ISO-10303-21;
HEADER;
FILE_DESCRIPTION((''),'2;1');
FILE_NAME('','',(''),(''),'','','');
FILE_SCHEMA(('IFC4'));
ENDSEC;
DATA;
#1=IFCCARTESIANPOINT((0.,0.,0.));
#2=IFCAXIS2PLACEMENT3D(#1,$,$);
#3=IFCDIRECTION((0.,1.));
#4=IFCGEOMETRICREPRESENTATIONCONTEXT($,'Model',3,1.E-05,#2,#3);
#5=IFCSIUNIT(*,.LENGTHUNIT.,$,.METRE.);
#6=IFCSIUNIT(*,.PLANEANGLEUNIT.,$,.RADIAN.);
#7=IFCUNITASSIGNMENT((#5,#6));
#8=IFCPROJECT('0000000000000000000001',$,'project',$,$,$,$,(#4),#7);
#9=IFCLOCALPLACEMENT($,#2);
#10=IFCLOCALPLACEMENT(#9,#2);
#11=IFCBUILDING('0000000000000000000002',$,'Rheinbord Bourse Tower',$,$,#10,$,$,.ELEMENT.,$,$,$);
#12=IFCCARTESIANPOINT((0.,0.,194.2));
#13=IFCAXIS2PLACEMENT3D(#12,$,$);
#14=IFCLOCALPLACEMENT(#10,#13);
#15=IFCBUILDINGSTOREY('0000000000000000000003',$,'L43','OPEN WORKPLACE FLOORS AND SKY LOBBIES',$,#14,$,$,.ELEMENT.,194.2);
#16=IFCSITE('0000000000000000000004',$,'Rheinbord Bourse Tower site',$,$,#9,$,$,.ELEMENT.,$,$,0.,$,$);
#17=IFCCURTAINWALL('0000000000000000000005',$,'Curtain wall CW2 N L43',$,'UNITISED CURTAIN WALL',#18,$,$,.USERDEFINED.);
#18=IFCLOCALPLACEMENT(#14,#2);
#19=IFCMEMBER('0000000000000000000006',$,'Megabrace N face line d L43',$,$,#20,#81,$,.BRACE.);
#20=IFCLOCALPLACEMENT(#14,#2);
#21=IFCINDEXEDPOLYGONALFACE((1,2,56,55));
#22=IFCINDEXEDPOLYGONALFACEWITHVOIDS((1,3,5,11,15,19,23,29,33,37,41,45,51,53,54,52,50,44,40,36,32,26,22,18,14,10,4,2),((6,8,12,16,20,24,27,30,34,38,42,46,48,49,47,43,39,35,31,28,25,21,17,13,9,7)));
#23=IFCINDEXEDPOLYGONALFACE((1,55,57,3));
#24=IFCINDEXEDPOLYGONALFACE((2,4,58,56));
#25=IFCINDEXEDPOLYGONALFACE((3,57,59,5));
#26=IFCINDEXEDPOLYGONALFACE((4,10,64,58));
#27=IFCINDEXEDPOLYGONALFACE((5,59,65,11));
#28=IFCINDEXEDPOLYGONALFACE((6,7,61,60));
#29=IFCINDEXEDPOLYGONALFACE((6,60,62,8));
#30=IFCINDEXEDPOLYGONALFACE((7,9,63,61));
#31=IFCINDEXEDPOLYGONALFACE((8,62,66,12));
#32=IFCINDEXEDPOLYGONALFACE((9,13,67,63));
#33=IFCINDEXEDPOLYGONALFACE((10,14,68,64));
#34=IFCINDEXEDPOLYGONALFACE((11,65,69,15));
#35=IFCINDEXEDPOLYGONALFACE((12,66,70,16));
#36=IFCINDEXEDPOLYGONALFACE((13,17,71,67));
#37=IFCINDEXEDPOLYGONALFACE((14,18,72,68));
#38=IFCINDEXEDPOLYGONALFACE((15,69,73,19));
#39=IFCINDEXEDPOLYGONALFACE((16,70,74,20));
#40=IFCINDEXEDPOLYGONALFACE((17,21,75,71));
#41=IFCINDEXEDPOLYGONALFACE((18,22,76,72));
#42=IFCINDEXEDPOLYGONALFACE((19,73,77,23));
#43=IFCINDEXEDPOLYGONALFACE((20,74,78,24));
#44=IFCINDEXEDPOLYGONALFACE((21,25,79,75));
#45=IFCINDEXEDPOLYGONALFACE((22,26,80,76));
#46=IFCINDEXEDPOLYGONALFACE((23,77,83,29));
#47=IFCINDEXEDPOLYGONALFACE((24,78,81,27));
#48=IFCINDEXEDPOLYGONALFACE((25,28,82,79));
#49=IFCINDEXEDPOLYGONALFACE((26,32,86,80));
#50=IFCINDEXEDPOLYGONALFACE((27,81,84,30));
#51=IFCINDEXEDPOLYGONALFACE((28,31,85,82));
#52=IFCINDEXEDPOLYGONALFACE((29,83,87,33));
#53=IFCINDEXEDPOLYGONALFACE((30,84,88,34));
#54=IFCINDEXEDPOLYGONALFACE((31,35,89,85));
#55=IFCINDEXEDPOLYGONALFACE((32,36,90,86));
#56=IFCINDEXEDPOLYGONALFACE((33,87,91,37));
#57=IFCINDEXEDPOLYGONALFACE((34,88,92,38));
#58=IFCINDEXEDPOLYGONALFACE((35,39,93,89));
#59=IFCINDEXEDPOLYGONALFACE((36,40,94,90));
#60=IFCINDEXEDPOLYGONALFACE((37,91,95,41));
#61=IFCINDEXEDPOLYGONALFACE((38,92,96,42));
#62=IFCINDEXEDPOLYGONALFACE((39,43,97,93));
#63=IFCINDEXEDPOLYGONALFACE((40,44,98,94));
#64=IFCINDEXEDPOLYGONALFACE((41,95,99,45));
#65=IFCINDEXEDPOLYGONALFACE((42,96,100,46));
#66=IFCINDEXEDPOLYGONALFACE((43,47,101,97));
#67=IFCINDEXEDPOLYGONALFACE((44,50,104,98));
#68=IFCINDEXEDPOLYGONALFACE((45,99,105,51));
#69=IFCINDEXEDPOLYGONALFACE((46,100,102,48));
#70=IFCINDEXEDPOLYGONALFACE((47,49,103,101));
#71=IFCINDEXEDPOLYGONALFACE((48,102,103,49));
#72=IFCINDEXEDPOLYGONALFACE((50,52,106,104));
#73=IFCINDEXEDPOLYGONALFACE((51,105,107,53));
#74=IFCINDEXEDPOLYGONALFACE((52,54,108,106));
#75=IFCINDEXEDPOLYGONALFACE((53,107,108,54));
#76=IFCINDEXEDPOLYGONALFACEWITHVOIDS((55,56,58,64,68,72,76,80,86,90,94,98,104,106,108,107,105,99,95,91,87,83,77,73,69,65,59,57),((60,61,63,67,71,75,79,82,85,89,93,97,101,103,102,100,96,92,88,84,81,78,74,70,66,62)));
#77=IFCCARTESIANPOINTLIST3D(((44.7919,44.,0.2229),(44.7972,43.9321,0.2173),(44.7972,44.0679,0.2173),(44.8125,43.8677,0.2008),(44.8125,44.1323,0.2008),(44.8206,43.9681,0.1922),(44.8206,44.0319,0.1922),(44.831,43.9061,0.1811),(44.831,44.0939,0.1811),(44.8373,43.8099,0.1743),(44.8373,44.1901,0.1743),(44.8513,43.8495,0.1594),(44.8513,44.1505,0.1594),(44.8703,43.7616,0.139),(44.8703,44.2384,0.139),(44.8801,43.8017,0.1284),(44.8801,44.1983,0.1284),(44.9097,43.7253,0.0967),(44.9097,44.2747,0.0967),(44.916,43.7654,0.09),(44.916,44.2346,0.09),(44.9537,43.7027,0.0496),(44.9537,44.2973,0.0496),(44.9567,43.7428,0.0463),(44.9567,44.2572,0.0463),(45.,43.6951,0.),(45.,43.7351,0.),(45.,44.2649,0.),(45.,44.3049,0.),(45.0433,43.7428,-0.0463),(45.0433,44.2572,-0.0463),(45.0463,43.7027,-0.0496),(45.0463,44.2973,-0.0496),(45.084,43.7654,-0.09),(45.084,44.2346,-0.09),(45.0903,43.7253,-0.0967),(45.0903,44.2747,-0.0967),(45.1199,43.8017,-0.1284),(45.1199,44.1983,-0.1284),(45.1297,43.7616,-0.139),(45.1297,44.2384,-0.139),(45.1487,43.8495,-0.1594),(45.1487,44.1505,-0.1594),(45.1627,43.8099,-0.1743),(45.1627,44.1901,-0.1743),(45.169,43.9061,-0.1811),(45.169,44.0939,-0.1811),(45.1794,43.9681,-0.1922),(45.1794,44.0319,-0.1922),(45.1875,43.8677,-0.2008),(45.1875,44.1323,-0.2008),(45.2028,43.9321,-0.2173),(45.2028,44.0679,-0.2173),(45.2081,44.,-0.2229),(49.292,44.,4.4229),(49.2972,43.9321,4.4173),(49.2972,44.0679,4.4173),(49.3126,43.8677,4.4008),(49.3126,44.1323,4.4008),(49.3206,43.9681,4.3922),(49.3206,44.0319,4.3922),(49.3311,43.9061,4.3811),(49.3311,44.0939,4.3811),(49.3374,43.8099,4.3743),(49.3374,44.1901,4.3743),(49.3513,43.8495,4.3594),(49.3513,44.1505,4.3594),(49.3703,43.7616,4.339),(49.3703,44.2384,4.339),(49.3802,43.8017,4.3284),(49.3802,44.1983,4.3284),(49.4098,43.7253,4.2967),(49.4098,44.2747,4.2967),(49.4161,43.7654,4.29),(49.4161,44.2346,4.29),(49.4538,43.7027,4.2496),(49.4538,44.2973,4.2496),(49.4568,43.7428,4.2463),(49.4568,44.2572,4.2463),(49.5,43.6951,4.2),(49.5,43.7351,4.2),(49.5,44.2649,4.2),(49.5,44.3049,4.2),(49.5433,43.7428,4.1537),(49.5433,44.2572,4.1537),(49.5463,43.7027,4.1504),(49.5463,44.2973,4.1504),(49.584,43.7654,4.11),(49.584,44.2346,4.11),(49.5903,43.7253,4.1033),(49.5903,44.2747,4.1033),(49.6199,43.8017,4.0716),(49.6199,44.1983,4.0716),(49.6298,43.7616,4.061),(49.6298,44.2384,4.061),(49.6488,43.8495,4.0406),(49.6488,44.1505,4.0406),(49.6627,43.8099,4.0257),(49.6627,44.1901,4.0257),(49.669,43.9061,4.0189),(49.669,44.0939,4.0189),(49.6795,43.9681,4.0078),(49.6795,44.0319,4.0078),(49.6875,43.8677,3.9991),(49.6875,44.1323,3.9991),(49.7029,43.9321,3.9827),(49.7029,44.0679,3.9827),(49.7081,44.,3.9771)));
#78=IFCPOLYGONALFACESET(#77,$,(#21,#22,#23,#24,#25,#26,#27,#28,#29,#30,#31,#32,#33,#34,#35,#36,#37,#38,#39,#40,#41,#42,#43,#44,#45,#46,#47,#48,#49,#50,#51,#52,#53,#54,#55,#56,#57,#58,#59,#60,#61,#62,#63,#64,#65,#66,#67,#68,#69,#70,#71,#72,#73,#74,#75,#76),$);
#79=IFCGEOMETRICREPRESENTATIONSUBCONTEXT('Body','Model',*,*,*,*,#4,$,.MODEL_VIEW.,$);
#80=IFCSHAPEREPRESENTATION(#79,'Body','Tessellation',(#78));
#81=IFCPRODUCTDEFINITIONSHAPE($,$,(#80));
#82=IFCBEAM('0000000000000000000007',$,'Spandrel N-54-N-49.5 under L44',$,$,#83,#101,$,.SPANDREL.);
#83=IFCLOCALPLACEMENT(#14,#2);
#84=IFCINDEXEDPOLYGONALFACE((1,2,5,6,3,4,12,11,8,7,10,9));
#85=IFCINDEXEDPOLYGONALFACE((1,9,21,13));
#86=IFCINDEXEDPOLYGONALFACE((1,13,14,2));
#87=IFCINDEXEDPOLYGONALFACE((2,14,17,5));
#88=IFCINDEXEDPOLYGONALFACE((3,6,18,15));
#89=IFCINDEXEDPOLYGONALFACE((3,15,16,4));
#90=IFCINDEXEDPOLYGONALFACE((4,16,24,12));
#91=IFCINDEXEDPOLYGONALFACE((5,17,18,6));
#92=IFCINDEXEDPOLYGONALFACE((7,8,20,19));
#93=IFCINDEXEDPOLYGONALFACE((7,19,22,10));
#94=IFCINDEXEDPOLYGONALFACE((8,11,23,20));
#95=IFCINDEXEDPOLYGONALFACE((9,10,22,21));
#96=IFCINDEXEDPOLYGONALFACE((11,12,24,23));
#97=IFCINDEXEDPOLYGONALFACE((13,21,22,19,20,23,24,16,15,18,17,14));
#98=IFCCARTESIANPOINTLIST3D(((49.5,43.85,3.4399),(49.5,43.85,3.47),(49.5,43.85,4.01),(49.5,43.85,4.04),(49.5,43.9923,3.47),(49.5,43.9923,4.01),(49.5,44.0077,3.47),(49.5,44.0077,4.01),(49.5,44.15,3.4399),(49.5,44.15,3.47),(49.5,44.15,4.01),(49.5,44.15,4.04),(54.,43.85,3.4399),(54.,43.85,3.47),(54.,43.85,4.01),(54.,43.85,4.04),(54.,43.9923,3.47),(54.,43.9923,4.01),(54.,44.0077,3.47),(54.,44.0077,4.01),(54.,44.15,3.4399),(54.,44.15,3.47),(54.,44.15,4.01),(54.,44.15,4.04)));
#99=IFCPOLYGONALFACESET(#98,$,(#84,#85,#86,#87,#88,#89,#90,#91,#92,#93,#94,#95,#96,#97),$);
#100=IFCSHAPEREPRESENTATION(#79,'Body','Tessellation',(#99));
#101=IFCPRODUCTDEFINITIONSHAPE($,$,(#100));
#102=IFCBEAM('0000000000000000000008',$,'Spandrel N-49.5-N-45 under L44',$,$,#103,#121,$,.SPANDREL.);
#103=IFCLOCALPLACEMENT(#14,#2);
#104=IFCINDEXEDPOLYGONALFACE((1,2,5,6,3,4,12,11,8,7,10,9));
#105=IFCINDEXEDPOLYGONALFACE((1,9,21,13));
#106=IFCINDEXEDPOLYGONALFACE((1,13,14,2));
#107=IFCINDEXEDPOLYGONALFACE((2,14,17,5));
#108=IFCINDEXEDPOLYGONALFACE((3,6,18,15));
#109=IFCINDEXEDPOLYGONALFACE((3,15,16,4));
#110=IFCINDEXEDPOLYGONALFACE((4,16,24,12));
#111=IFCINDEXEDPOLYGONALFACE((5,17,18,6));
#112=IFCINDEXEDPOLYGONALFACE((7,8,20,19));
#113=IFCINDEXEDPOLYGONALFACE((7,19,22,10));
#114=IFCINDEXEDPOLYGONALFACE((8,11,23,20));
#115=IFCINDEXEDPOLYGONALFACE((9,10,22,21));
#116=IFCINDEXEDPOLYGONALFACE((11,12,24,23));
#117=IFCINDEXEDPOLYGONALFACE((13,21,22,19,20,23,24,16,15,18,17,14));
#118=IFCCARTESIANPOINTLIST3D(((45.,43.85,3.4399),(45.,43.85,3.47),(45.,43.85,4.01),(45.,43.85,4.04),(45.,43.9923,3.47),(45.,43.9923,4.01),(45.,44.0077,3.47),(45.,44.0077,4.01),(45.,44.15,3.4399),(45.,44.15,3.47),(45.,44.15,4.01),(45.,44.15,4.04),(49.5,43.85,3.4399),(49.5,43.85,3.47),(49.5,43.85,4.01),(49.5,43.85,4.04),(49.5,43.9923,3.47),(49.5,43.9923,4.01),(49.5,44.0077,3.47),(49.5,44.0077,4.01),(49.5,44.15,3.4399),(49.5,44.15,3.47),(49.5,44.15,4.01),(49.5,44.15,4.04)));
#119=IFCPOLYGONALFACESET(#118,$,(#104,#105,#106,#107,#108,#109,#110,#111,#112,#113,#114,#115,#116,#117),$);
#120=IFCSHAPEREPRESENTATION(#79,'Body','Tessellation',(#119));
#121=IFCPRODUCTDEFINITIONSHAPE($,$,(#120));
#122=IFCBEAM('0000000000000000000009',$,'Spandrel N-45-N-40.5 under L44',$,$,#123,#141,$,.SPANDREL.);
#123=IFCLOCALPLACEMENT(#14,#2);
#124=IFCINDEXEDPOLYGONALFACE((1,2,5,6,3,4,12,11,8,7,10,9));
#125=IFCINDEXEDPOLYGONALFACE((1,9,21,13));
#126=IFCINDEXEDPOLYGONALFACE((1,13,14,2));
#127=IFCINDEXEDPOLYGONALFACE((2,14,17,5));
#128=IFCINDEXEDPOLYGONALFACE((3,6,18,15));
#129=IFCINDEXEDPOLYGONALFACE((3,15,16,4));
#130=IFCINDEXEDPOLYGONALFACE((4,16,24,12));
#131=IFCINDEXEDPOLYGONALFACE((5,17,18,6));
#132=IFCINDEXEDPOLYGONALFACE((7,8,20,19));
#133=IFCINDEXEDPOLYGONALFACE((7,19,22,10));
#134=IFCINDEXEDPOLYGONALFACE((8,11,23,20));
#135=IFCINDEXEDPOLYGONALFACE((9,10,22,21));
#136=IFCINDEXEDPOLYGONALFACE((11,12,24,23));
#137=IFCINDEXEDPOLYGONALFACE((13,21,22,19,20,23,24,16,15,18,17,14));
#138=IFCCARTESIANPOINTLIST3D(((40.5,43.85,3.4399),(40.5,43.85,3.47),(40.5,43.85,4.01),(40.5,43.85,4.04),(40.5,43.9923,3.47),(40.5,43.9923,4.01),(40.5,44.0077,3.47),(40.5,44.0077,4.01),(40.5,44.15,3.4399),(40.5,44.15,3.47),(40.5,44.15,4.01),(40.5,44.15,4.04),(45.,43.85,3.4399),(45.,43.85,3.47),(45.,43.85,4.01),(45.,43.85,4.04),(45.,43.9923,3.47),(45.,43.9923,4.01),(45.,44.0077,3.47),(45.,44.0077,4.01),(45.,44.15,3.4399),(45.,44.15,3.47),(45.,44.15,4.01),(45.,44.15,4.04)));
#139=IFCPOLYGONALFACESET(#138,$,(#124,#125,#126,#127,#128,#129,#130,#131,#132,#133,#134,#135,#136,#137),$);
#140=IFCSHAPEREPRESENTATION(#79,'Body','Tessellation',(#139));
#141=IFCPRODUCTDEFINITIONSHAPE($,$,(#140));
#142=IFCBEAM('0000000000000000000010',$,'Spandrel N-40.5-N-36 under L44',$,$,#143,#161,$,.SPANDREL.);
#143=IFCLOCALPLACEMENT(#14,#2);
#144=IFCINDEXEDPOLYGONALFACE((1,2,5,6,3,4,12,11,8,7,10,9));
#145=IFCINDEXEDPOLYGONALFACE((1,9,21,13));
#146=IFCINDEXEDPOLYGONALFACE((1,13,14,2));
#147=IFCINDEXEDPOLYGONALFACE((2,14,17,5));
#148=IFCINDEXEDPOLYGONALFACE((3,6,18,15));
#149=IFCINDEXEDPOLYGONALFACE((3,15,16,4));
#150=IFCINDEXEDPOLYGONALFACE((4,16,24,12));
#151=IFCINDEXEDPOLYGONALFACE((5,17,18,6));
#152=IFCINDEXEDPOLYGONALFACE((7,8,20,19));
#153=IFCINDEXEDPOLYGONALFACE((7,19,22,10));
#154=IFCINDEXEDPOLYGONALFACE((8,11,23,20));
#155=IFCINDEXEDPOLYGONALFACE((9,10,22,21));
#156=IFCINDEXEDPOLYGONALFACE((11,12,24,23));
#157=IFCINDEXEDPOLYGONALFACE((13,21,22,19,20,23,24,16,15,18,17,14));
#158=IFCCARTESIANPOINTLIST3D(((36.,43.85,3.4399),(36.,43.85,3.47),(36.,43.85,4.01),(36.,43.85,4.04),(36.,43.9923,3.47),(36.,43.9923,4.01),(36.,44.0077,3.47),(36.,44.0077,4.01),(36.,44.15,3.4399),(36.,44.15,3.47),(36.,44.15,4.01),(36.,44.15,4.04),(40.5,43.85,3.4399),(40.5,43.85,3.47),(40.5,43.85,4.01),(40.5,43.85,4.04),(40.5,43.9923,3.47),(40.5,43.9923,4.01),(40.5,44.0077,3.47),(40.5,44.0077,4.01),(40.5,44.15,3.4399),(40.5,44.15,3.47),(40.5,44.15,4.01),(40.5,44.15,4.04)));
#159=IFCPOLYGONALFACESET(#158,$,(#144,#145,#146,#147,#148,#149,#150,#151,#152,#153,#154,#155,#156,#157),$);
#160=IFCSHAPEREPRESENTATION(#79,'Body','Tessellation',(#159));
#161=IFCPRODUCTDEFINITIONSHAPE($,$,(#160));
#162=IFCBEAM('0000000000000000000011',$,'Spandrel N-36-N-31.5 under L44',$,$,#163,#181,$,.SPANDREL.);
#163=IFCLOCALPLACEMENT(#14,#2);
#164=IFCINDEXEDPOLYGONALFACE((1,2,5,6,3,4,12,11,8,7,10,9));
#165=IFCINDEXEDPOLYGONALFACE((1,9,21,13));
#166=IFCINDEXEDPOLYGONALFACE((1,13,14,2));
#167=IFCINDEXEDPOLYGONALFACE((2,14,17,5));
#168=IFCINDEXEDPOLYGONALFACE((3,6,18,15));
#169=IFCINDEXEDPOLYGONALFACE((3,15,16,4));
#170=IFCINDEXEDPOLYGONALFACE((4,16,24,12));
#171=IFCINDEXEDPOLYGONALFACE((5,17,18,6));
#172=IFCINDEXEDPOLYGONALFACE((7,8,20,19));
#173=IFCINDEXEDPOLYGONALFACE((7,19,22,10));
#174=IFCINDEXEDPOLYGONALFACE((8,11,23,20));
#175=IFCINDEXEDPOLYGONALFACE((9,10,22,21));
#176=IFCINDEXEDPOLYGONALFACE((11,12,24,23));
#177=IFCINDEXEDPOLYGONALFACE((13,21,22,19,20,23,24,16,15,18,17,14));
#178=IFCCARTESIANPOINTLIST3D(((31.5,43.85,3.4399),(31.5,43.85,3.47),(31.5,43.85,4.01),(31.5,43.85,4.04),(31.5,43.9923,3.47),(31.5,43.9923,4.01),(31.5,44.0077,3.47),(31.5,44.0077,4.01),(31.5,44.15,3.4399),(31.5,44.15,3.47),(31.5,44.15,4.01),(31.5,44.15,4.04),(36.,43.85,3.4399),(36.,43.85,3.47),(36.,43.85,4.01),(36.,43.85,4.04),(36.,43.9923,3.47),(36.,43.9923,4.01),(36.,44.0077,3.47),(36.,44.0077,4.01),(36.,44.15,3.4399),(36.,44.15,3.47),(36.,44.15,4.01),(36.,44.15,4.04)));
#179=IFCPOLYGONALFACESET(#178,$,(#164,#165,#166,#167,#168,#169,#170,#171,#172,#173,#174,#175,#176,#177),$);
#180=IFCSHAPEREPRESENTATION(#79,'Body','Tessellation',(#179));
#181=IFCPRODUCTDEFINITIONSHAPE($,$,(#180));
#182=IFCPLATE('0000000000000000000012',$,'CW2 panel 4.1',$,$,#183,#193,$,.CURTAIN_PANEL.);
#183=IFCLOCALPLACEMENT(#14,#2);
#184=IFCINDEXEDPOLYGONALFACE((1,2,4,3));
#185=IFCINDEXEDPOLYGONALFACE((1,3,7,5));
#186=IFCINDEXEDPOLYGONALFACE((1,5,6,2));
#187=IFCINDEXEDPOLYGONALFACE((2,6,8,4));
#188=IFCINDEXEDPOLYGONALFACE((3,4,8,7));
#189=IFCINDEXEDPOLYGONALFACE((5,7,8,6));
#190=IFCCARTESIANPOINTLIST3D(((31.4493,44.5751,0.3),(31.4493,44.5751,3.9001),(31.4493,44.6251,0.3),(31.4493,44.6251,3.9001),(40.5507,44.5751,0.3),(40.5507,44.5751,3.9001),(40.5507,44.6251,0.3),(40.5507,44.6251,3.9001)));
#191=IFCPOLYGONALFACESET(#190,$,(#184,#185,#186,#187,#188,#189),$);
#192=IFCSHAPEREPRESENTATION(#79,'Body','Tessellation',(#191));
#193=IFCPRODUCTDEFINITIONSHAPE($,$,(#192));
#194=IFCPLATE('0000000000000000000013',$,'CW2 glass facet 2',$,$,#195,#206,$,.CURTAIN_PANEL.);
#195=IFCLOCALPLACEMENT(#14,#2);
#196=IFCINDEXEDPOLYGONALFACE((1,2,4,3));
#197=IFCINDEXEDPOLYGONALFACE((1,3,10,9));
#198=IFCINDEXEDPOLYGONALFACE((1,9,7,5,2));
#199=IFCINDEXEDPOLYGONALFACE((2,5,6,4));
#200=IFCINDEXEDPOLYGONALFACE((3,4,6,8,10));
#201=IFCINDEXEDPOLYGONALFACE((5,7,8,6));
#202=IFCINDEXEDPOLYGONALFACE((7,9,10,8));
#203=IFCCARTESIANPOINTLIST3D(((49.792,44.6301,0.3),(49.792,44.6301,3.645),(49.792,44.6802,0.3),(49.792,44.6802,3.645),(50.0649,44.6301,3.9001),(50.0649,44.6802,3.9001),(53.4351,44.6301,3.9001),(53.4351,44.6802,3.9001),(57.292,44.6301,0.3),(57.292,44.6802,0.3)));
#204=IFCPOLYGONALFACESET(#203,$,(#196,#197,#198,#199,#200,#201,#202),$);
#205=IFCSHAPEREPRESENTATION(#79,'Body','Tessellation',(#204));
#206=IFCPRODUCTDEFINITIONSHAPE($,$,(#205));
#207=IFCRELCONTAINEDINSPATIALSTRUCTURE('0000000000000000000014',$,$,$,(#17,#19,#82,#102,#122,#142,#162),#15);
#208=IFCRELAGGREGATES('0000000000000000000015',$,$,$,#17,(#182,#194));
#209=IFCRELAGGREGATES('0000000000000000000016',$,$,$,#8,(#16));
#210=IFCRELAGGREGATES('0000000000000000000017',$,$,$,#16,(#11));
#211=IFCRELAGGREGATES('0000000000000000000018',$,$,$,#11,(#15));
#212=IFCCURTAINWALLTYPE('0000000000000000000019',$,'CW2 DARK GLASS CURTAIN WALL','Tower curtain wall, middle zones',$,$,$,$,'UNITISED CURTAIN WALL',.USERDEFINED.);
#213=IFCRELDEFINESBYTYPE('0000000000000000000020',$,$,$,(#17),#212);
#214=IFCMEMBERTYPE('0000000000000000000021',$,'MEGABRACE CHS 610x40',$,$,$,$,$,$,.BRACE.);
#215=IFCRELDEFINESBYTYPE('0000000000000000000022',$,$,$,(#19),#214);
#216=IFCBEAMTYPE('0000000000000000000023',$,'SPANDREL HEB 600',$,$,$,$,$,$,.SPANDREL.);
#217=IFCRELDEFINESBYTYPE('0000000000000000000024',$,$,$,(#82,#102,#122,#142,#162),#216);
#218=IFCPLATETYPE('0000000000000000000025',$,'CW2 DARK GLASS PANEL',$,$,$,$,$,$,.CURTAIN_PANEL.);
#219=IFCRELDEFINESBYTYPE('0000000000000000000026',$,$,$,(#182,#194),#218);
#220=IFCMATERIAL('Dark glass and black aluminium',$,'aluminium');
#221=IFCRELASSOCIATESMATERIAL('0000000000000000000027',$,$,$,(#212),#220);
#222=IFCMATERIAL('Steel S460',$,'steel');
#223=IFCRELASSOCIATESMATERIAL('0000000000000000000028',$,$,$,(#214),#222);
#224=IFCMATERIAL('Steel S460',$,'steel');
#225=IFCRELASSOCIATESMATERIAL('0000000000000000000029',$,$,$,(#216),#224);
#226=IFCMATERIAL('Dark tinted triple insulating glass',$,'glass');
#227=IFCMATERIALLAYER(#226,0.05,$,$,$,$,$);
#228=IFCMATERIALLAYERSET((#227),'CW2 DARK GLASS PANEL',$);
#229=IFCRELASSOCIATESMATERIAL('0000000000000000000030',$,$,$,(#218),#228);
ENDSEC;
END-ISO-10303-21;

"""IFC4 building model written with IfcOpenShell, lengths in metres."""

from ifc_helpers import new_model, si_unit, direction, frame, origin, origin_2d, place, context, subcontext, project, spatial, polyline, rectangle, hollow_circle, i_section, outline, extrude, material, layer, layer_set, material_profile, profile_set, type_object, element, aggregate, save


model = new_model("IFC4")

# Units and contexts
model_context = context("Model", 3, precision=1e-05, world=origin(), true_north=direction((0.0, 1.0)))
body_context = subcontext(model_context, "Body", "Model", "MODEL_VIEW")
ifc_project = project(units=[si_unit("LENGTHUNIT", "METRE"), si_unit("PLANEANGLEUNIT", "RADIAN")], contexts=[model_context])

# Site, building, storey
site_placement = place(None, origin())
site = spatial("IfcSite", under=ifc_project, at=site_placement, Name="Rheinbord Bourse Tower site", CompositionType="ELEMENT", RefElevation=0.0)
building_placement = place(site_placement, origin())
building = spatial("IfcBuilding", under=site, at=building_placement, Name="Rheinbord Bourse Tower", CompositionType="ELEMENT")
storey_placement = place(building_placement, frame((0.0, 0.0, 194.2)))
storey = spatial("IfcBuildingStorey", under=building, at=storey_placement, Name="L43", Description="OPEN WORKPLACE FLOORS AND SKY LOBBIES", CompositionType="ELEMENT", Elevation=194.2)

# Curtain wall
ifc_material_1 = material(Name="Dark glass and black aluminium", Category="aluminium")
curtain_wall_type = type_object("IfcCurtainWallType", Name="CW2 DARK GLASS CURTAIN WALL", Description="Tower curtain wall, middle zones", ElementType="UNITISED CURTAIN WALL", PredefinedType="USERDEFINED", material=ifc_material_1)
curtain_wall_placement = place(storey_placement, origin())
curtain_wall = element("IfcCurtainWall", 1, at=curtain_wall_placement, inside=storey, type_object=curtain_wall_type, Name="Curtain wall CW2 N L43", ObjectType="UNITISED CURTAIN WALL", PredefinedType="USERDEFINED")

# Member
ifc_material_2 = material(Name="Steel S460", Category="steel")
ifc_material_profile_1 = material_profile(ifc_material_2, hollow_circle(Radius=0.3049, WallThickness=0.04, at=origin_2d()), Name="CHS 610x40")
ifc_profile_set_1 = profile_set([ifc_material_profile_1], Name="Steel S460")
member_type_1 = type_object("IfcMemberType", Name="MEGABRACE CHS 610x40", PredefinedType="BRACE", material=ifc_profile_set_1)
member_1_placement = place(storey_placement, frame((45.0, 44.0, 0.0), z_axis=(0.731059, 0.0, 0.682314), x_axis=(0.0, 1.0, 0.0)))
element("IfcMember", 2, at=member_1_placement, inside=storey, type_object=member_type_1, Name="Megabrace N face line d L43", PredefinedType="BRACE", context=body_context, shape_type="SweptSolid", body=[
    extrude(hollow_circle(Radius=0.3049, WallThickness=0.04, at=origin_2d()), origin(), (0.0, 0.0, 1.0), 6.1555),
])

# Beams
ifc_material_3 = material(Name="Steel S460", Category="steel")
ifc_material_profile_2 = material_profile(ifc_material_3, i_section(OverallWidth=0.3, OverallDepth=0.6001, WebThickness=0.0154, FlangeThickness=0.03, at=origin_2d()), Name="HEB 600")
ifc_profile_set_2 = profile_set([ifc_material_profile_2], Name="Steel S460")
beam_type_1 = type_object("IfcBeamType", Name="SPANDREL HEB 600", PredefinedType="SPANDREL", material=ifc_profile_set_2)
for number, where, z_axis, x_axis, name in (
    (3, (54.0, 44.0, 3.74), (-1.0, 0.0, 0.0), (0.0, -1.0, 0.0), "Spandrel N-54-N-49.5 under L44"),
    (4, (49.5, 44.0, 3.74), (-1.0, 0.0, 0.0), (0.0, -1.0, 0.0), "Spandrel N-49.5-N-45 under L44"),
    (5, (45.0, 44.0, 3.74), (-1.0, 0.0, 0.0), (0.0, -1.0, 0.0), "Spandrel N-45-N-40.5 under L44"),
    (6, (40.5, 44.0, 3.74), (-1.0, 0.0, 0.0), (0.0, -1.0, 0.0), "Spandrel N-40.5-N-36 under L44"),
    (7, (36.0, 44.0, 3.74), (-1.0, 0.0, 0.0), (0.0, -1.0, 0.0), "Spandrel N-36-N-31.5 under L44"),
):
    element("IfcBeam", number, at=place(storey_placement, frame(where, z_axis=z_axis, x_axis=x_axis)), inside=storey, type_object=beam_type_1, Name=name, PredefinedType="SPANDREL", context=body_context, shape_type="SweptSolid", body=[
        extrude(i_section(OverallWidth=0.3, OverallDepth=0.6001, WebThickness=0.0154, FlangeThickness=0.03, at=origin_2d()), origin(), (0.0, 0.0, 1.0), 4.5),
    ])

# Plates
ifc_material_4 = material(Name="Dark tinted triple insulating glass", Category="glass")
ifc_layer_1 = layer(ifc_material_4, 0.05)
ifc_layer_set_1 = layer_set([ifc_layer_1], Name="CW2 DARK GLASS PANEL")
plate_type = type_object("IfcPlateType", Name="CW2 DARK GLASS PANEL", PredefinedType="CURTAIN_PANEL", material=ifc_layer_set_1)
plate_1_placement = place(storey_placement, frame((36.0, 44.6001, 0.3), z_axis=(0.0, 0.0, 1.0), x_axis=(-1.0, 0.0, 0.0)))
plate_1 = element("IfcPlate", 8, at=plate_1_placement, type_object=plate_type, Name="CW2 panel 4.1", PredefinedType="CURTAIN_PANEL", context=body_context, shape_type="SweptSolid", body=[
    extrude(rectangle(XDim=9.1013, YDim=0.05, at=origin_2d()), origin(), (0.0, 0.0, 1.0), 3.6001),
])
plate_2_placement = place(storey_placement, frame((49.792, 44.6802, 0.3), z_axis=(0.0, -1.0, 0.0), x_axis=(1.0, 0.0, 0.0)))
plate_2 = element("IfcPlate", 9, at=plate_2_placement, type_object=plate_type, Name="CW2 glass facet 2", PredefinedType="CURTAIN_PANEL", context=body_context, shape_type="SweptSolid", body=[
    extrude(outline(polyline([(0.0, 0.0), (7.5, 0.0), (3.6431, 3.6001), (0.2729, 3.6001), (0.0, 3.345), (0.0, 0.0)])), origin(), (0.0, 0.0, 1.0), 0.05),
])
aggregate(curtain_wall, [plate_1, plate_2])

save(model, "model.ifc")
